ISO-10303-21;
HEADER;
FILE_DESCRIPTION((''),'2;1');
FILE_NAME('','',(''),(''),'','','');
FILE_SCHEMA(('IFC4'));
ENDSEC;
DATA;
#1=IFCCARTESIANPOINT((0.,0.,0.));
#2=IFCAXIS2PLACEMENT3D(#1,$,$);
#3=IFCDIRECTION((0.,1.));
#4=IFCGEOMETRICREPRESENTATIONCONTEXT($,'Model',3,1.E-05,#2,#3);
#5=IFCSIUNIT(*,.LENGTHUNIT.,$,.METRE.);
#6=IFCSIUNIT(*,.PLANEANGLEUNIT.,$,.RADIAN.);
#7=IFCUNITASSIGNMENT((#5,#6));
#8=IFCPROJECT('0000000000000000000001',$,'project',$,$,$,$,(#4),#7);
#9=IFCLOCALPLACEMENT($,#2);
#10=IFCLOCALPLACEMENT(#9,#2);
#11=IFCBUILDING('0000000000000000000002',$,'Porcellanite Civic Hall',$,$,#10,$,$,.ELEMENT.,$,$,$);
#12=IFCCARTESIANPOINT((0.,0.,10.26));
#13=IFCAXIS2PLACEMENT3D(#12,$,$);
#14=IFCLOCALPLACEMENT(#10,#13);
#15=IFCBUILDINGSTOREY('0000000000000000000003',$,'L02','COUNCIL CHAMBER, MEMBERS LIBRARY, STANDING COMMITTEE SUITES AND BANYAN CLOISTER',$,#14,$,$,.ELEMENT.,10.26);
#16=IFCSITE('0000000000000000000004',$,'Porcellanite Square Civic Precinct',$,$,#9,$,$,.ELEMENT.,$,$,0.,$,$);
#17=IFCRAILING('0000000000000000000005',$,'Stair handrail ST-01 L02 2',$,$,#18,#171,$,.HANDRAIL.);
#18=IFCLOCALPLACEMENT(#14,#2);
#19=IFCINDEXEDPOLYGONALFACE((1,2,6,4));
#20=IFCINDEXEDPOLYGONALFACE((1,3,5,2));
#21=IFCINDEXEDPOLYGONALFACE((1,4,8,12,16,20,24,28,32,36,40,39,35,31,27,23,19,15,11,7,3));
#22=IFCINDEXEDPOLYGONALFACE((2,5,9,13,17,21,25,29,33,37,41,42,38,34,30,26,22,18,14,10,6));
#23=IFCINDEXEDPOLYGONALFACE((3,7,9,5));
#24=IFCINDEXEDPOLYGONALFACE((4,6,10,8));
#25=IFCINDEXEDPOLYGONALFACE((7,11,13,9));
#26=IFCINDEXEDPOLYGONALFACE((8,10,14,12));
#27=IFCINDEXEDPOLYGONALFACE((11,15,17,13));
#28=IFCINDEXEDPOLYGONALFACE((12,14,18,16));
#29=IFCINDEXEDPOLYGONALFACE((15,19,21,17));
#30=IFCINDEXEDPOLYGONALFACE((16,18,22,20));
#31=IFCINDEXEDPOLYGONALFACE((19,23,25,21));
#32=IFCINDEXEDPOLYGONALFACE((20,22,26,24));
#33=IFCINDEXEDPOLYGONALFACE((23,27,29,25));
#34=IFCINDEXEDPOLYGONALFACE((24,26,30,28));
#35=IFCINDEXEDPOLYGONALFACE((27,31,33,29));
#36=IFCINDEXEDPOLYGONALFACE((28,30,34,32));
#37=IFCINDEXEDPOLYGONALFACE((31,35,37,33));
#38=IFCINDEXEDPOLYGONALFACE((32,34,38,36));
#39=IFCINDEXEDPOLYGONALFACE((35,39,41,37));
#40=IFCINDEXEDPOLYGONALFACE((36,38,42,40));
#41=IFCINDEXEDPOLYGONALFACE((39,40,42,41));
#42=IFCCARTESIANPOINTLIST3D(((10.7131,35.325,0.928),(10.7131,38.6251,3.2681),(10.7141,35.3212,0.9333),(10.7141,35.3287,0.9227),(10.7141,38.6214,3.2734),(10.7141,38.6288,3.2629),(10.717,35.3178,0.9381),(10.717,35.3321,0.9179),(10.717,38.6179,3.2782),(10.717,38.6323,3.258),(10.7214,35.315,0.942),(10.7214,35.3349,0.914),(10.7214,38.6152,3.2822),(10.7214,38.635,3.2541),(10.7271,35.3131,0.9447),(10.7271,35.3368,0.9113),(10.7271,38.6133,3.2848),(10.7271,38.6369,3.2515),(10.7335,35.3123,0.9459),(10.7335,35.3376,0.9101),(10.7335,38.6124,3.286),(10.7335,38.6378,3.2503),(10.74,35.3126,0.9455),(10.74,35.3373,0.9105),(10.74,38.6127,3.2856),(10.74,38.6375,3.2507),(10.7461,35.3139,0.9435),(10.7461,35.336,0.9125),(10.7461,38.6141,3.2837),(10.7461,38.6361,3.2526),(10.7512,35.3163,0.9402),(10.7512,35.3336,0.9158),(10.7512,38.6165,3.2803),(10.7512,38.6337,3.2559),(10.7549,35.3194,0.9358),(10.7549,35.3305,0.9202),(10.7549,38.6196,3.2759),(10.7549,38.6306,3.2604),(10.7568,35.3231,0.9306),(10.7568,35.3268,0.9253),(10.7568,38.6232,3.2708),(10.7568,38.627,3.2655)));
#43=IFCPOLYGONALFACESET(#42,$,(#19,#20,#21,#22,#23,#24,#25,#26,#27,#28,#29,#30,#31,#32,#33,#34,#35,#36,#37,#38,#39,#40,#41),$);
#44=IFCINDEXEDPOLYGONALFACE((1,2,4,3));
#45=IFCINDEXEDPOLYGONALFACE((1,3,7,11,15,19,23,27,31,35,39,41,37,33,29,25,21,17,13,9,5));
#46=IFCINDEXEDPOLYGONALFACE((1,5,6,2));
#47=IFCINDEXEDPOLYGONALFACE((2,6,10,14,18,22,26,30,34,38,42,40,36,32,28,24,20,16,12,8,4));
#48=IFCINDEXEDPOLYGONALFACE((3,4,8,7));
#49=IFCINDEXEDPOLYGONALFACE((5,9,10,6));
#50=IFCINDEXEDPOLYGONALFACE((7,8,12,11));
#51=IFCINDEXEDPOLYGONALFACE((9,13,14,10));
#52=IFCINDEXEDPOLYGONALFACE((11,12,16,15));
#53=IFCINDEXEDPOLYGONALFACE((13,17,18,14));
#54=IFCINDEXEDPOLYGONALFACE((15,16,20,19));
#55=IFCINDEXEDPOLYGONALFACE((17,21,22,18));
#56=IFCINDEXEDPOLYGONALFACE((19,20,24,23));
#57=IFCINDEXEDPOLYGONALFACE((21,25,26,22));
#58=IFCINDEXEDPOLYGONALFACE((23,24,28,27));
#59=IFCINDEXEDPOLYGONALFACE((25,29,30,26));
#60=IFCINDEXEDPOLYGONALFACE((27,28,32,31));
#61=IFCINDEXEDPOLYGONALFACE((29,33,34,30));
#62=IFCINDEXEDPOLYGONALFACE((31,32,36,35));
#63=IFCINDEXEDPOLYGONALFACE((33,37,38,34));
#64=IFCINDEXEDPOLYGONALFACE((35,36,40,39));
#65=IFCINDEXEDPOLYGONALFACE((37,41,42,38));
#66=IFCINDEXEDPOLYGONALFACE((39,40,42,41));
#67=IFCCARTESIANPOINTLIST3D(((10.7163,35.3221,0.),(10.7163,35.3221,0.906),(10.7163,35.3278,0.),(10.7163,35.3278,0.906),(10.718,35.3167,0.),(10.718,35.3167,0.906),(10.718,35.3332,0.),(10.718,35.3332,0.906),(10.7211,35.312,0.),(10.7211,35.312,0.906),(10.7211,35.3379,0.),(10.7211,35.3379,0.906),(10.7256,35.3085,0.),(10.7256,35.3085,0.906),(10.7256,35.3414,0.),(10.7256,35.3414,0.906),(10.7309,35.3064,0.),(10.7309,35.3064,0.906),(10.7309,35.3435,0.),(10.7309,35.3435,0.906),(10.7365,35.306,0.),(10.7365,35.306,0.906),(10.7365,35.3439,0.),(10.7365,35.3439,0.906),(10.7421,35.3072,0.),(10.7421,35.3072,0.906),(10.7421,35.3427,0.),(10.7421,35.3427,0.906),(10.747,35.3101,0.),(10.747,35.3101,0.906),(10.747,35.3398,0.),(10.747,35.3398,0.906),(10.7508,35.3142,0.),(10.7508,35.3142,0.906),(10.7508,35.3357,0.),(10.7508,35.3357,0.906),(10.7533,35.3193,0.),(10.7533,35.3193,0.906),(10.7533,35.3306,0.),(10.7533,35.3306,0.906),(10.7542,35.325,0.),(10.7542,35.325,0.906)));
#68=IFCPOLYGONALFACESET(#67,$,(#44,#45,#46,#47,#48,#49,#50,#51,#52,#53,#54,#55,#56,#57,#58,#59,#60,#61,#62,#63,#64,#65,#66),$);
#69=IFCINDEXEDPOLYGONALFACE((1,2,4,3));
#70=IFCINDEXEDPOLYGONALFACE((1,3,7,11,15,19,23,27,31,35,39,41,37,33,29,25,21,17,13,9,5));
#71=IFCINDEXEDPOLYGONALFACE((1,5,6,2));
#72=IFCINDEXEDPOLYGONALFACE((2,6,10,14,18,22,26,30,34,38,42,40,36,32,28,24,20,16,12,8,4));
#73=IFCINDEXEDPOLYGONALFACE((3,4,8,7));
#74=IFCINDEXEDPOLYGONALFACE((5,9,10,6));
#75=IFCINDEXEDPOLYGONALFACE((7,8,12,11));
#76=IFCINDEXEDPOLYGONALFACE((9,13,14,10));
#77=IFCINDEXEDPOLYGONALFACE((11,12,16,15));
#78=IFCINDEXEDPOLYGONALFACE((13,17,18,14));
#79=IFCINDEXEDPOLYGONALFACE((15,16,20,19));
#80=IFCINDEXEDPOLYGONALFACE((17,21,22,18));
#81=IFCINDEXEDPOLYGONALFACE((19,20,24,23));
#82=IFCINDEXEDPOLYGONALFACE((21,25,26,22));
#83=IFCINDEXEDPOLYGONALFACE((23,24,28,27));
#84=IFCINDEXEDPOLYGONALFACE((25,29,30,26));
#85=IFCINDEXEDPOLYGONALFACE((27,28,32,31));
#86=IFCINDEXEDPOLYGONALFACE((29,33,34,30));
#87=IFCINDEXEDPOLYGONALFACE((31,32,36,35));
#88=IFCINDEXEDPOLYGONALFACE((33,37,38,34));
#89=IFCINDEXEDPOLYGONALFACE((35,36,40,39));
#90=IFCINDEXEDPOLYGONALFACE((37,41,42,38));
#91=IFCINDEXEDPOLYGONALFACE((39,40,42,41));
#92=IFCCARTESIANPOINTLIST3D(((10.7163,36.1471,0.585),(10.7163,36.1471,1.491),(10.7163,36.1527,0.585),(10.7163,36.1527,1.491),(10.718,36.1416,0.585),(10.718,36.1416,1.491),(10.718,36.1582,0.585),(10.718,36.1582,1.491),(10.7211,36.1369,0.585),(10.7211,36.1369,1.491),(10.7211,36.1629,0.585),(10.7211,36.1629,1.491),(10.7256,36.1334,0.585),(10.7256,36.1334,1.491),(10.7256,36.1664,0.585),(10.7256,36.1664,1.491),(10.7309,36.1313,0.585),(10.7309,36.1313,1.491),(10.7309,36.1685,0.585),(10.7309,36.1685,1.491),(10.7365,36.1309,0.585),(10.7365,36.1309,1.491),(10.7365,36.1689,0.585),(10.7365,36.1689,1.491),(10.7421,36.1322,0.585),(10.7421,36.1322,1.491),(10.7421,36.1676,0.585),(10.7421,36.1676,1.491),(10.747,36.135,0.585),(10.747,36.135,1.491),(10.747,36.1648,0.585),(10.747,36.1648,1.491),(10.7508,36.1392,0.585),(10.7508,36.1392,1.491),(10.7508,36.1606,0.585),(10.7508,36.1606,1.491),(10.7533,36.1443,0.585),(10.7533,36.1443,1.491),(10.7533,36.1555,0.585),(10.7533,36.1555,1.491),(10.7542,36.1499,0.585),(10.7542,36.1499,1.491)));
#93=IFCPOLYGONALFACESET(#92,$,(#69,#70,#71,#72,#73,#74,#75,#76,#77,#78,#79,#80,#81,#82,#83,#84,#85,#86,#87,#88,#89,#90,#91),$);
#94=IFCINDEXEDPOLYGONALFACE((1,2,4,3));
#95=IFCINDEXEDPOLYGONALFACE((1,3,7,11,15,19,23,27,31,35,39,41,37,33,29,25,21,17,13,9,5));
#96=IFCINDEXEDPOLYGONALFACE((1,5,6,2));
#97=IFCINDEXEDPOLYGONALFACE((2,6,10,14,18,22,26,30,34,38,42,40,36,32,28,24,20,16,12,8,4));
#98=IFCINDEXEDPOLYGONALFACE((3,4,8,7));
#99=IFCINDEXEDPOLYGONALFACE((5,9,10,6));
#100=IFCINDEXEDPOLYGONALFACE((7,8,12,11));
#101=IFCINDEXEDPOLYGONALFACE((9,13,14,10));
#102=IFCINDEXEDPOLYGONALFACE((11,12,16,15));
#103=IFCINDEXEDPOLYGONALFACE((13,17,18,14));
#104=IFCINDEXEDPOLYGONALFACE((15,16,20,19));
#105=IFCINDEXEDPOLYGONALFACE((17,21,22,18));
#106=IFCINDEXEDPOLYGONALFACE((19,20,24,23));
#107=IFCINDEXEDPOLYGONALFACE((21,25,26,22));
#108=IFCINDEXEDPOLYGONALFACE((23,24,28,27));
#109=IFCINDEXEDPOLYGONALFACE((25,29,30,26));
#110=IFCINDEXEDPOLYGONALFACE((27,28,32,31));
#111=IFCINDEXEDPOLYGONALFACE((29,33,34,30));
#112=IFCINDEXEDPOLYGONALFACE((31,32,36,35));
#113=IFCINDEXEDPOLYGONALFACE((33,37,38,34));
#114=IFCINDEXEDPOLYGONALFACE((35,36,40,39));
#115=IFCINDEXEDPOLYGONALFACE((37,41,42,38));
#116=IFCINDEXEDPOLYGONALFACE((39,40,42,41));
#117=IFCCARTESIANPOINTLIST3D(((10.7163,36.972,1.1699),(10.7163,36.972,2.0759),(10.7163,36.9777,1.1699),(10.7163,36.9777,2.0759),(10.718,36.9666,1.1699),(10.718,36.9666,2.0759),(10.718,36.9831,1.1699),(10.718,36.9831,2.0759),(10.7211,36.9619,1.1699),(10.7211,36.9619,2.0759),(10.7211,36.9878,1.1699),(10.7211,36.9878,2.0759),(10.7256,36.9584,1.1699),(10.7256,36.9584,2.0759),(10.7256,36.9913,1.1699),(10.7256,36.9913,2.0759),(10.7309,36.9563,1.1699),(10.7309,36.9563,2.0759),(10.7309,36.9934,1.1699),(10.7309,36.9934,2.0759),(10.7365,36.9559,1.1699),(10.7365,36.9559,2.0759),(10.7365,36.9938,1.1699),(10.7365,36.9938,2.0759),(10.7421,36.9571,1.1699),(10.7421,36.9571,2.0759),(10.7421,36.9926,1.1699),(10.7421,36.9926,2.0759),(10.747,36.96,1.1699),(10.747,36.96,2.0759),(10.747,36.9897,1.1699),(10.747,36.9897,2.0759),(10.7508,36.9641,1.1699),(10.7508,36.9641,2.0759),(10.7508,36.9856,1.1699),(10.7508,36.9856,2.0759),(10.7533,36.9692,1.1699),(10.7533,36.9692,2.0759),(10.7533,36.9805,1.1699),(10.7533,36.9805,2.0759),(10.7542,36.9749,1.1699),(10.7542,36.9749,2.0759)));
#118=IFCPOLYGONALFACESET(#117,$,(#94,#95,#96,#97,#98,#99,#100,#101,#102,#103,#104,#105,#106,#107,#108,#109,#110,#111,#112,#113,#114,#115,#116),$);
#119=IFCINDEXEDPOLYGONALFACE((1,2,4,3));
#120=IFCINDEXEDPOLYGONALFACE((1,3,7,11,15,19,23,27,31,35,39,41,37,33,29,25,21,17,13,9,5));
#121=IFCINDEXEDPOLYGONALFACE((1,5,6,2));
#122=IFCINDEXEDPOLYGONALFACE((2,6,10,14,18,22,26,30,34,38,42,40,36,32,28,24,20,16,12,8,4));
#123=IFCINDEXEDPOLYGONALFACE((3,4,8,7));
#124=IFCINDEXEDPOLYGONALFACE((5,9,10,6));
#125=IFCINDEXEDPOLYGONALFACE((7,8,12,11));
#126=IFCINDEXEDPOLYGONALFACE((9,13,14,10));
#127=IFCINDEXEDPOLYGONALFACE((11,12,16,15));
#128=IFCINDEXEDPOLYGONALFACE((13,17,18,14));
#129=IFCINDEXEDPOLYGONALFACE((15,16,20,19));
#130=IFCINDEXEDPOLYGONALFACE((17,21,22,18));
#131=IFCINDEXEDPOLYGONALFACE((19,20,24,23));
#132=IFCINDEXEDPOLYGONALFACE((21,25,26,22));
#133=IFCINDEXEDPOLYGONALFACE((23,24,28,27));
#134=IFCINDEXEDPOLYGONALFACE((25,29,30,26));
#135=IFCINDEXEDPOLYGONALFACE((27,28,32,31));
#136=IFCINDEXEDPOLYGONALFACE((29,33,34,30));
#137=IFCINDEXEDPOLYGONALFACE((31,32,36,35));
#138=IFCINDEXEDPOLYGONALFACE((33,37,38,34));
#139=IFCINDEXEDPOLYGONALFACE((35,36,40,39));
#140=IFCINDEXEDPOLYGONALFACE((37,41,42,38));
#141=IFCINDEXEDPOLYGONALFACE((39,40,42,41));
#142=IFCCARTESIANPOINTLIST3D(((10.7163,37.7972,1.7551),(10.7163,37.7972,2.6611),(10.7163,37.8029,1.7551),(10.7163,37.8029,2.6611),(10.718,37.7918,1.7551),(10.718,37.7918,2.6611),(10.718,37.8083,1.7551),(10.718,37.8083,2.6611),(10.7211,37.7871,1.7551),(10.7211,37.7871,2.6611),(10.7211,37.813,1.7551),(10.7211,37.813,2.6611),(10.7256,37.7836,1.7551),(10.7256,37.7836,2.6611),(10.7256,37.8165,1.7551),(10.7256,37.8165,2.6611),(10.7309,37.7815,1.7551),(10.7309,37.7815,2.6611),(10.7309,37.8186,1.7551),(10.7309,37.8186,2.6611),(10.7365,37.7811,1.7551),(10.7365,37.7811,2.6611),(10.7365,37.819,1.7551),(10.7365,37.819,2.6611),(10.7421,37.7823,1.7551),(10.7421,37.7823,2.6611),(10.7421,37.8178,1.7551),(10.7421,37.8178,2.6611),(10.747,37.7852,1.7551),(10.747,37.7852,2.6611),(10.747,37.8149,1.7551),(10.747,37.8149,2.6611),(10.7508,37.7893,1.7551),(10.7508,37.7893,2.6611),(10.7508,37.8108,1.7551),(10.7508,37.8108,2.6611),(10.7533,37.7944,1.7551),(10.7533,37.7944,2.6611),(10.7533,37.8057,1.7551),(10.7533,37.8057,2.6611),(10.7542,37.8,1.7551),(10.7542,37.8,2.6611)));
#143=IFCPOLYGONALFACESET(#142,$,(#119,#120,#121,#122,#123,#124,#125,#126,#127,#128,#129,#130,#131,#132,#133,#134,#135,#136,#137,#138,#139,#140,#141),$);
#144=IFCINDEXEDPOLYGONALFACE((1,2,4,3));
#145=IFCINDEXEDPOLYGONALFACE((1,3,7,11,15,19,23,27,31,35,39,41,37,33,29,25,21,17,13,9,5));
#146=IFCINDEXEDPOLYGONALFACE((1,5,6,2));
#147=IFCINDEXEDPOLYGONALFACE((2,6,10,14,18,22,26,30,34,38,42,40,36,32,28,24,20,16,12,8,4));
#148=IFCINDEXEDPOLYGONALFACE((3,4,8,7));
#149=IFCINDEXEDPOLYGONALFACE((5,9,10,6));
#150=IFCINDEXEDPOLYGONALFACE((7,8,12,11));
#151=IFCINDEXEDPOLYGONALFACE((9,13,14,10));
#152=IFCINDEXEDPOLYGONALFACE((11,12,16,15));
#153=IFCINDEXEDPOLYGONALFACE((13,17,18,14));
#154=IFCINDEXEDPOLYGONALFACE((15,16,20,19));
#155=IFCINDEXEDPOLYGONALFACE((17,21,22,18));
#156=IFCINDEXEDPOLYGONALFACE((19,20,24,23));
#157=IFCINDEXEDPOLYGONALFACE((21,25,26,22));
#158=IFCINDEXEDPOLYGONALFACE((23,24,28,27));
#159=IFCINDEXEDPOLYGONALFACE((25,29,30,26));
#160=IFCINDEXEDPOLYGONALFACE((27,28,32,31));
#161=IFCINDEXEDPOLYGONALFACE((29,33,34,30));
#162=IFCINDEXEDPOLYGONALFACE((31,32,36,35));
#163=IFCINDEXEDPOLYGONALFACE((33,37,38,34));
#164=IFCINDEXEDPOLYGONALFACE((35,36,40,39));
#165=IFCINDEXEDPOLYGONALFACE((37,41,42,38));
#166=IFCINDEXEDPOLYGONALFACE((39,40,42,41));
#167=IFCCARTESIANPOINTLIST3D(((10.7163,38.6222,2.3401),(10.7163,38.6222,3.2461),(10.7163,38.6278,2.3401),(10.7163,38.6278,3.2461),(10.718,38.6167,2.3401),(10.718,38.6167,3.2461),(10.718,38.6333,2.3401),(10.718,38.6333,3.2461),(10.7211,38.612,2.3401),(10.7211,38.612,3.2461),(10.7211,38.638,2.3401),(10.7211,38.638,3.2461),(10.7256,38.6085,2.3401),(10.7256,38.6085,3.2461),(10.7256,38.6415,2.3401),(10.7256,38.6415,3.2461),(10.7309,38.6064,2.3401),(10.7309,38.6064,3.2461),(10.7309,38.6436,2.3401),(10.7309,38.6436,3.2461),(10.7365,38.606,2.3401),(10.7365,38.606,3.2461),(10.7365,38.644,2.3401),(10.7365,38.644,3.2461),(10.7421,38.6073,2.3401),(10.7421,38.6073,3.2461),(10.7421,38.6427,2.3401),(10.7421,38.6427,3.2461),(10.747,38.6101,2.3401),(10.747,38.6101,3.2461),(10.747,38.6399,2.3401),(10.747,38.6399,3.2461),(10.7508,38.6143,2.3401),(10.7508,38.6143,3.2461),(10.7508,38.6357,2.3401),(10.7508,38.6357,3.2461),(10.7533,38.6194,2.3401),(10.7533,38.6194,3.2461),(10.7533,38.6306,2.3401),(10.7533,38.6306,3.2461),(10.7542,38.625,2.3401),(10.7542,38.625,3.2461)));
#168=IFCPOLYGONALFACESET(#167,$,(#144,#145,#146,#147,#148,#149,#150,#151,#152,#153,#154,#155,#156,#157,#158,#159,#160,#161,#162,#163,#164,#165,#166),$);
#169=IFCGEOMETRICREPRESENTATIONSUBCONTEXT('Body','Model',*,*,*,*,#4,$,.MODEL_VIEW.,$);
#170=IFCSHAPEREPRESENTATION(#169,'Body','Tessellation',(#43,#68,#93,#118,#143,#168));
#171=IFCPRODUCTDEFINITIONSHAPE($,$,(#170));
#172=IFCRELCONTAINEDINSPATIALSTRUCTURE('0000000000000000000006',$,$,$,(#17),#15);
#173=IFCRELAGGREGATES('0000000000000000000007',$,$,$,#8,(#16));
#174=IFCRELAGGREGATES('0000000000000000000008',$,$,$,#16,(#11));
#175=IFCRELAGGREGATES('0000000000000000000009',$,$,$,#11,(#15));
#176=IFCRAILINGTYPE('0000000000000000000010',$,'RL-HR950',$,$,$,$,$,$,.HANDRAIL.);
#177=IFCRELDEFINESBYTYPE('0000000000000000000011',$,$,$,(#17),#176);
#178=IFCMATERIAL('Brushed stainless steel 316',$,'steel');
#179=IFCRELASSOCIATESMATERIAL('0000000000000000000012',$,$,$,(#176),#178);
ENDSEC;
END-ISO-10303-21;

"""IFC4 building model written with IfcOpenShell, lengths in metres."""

from ifc_helpers import new_model, si_unit, direction, frame, origin, origin_2d, place, context, subcontext, project, spatial, circle, extrude, material, type_object, element, save


model = new_model("IFC4")

# Units and contexts
model_context = context("Model", 3, precision=1e-05, world=origin(), true_north=direction((0.0, 1.0)))
body_context = subcontext(model_context, "Body", "Model", "MODEL_VIEW")
ifc_project = project(units=[si_unit("LENGTHUNIT", "METRE"), si_unit("PLANEANGLEUNIT", "RADIAN")], contexts=[model_context])

# Site, building, storey
site_placement = place(None, origin())
site = spatial("IfcSite", under=ifc_project, at=site_placement, Name="Porcellanite Square Civic Precinct", CompositionType="ELEMENT", RefElevation=0.0)
building_placement = place(site_placement, origin())
building = spatial("IfcBuilding", under=site, at=building_placement, Name="Porcellanite Civic Hall", CompositionType="ELEMENT")
storey_placement = place(building_placement, frame((0.0, 0.0, 10.26)))
storey = spatial("IfcBuildingStorey", under=building, at=storey_placement, Name="L02", Description="COUNCIL CHAMBER, MEMBERS LIBRARY, STANDING COMMITTEE SUITES AND BANYAN CLOISTER", CompositionType="ELEMENT", Elevation=10.26)

# Railing
ifc_material_1 = material(Name="Brushed stainless steel 316", Category="steel")
railing_type_1 = type_object("IfcRailingType", Name="RL-HR950", PredefinedType="HANDRAIL", material=ifc_material_1)
railing_1_placement = place(storey_placement, frame((10.7351, 35.325, 0.0)))
element("IfcRailing", 1, at=railing_1_placement, inside=storey, type_object=railing_type_1, Name="Stair handrail ST-01 L02 2", PredefinedType="HANDRAIL", context=body_context, shape_type="SweptSolid", body=[
    extrude(circle(Radius=0.022, at=origin_2d()), frame((0.0, 0.0, 0.928), z_axis=(0.0, 0.815727, 0.578438), x_axis=(-1.0, 0.0, 0.0)), (0.0, 0.0, 1.0), 4.0457),
    extrude(circle(Radius=0.019, at=origin_2d()), origin(), (0.0, 0.0, 1.0), 0.906),
    extrude(circle(Radius=0.019, at=origin_2d()), frame((0.0, 0.825, 0.585)), (0.0, 0.0, 1.0), 0.906),
    extrude(circle(Radius=0.019, at=origin_2d()), frame((0.0, 1.6499, 1.1699)), (0.0, 0.0, 1.0), 0.906),
    extrude(circle(Radius=0.019, at=origin_2d()), frame((0.0, 2.4751, 1.7551)), (0.0, 0.0, 1.0), 0.906),
    extrude(circle(Radius=0.019, at=origin_2d()), frame((0.0, 3.3, 2.3401)), (0.0, 0.0, 1.0), 0.906),
])

save(model, "model.ifc")
